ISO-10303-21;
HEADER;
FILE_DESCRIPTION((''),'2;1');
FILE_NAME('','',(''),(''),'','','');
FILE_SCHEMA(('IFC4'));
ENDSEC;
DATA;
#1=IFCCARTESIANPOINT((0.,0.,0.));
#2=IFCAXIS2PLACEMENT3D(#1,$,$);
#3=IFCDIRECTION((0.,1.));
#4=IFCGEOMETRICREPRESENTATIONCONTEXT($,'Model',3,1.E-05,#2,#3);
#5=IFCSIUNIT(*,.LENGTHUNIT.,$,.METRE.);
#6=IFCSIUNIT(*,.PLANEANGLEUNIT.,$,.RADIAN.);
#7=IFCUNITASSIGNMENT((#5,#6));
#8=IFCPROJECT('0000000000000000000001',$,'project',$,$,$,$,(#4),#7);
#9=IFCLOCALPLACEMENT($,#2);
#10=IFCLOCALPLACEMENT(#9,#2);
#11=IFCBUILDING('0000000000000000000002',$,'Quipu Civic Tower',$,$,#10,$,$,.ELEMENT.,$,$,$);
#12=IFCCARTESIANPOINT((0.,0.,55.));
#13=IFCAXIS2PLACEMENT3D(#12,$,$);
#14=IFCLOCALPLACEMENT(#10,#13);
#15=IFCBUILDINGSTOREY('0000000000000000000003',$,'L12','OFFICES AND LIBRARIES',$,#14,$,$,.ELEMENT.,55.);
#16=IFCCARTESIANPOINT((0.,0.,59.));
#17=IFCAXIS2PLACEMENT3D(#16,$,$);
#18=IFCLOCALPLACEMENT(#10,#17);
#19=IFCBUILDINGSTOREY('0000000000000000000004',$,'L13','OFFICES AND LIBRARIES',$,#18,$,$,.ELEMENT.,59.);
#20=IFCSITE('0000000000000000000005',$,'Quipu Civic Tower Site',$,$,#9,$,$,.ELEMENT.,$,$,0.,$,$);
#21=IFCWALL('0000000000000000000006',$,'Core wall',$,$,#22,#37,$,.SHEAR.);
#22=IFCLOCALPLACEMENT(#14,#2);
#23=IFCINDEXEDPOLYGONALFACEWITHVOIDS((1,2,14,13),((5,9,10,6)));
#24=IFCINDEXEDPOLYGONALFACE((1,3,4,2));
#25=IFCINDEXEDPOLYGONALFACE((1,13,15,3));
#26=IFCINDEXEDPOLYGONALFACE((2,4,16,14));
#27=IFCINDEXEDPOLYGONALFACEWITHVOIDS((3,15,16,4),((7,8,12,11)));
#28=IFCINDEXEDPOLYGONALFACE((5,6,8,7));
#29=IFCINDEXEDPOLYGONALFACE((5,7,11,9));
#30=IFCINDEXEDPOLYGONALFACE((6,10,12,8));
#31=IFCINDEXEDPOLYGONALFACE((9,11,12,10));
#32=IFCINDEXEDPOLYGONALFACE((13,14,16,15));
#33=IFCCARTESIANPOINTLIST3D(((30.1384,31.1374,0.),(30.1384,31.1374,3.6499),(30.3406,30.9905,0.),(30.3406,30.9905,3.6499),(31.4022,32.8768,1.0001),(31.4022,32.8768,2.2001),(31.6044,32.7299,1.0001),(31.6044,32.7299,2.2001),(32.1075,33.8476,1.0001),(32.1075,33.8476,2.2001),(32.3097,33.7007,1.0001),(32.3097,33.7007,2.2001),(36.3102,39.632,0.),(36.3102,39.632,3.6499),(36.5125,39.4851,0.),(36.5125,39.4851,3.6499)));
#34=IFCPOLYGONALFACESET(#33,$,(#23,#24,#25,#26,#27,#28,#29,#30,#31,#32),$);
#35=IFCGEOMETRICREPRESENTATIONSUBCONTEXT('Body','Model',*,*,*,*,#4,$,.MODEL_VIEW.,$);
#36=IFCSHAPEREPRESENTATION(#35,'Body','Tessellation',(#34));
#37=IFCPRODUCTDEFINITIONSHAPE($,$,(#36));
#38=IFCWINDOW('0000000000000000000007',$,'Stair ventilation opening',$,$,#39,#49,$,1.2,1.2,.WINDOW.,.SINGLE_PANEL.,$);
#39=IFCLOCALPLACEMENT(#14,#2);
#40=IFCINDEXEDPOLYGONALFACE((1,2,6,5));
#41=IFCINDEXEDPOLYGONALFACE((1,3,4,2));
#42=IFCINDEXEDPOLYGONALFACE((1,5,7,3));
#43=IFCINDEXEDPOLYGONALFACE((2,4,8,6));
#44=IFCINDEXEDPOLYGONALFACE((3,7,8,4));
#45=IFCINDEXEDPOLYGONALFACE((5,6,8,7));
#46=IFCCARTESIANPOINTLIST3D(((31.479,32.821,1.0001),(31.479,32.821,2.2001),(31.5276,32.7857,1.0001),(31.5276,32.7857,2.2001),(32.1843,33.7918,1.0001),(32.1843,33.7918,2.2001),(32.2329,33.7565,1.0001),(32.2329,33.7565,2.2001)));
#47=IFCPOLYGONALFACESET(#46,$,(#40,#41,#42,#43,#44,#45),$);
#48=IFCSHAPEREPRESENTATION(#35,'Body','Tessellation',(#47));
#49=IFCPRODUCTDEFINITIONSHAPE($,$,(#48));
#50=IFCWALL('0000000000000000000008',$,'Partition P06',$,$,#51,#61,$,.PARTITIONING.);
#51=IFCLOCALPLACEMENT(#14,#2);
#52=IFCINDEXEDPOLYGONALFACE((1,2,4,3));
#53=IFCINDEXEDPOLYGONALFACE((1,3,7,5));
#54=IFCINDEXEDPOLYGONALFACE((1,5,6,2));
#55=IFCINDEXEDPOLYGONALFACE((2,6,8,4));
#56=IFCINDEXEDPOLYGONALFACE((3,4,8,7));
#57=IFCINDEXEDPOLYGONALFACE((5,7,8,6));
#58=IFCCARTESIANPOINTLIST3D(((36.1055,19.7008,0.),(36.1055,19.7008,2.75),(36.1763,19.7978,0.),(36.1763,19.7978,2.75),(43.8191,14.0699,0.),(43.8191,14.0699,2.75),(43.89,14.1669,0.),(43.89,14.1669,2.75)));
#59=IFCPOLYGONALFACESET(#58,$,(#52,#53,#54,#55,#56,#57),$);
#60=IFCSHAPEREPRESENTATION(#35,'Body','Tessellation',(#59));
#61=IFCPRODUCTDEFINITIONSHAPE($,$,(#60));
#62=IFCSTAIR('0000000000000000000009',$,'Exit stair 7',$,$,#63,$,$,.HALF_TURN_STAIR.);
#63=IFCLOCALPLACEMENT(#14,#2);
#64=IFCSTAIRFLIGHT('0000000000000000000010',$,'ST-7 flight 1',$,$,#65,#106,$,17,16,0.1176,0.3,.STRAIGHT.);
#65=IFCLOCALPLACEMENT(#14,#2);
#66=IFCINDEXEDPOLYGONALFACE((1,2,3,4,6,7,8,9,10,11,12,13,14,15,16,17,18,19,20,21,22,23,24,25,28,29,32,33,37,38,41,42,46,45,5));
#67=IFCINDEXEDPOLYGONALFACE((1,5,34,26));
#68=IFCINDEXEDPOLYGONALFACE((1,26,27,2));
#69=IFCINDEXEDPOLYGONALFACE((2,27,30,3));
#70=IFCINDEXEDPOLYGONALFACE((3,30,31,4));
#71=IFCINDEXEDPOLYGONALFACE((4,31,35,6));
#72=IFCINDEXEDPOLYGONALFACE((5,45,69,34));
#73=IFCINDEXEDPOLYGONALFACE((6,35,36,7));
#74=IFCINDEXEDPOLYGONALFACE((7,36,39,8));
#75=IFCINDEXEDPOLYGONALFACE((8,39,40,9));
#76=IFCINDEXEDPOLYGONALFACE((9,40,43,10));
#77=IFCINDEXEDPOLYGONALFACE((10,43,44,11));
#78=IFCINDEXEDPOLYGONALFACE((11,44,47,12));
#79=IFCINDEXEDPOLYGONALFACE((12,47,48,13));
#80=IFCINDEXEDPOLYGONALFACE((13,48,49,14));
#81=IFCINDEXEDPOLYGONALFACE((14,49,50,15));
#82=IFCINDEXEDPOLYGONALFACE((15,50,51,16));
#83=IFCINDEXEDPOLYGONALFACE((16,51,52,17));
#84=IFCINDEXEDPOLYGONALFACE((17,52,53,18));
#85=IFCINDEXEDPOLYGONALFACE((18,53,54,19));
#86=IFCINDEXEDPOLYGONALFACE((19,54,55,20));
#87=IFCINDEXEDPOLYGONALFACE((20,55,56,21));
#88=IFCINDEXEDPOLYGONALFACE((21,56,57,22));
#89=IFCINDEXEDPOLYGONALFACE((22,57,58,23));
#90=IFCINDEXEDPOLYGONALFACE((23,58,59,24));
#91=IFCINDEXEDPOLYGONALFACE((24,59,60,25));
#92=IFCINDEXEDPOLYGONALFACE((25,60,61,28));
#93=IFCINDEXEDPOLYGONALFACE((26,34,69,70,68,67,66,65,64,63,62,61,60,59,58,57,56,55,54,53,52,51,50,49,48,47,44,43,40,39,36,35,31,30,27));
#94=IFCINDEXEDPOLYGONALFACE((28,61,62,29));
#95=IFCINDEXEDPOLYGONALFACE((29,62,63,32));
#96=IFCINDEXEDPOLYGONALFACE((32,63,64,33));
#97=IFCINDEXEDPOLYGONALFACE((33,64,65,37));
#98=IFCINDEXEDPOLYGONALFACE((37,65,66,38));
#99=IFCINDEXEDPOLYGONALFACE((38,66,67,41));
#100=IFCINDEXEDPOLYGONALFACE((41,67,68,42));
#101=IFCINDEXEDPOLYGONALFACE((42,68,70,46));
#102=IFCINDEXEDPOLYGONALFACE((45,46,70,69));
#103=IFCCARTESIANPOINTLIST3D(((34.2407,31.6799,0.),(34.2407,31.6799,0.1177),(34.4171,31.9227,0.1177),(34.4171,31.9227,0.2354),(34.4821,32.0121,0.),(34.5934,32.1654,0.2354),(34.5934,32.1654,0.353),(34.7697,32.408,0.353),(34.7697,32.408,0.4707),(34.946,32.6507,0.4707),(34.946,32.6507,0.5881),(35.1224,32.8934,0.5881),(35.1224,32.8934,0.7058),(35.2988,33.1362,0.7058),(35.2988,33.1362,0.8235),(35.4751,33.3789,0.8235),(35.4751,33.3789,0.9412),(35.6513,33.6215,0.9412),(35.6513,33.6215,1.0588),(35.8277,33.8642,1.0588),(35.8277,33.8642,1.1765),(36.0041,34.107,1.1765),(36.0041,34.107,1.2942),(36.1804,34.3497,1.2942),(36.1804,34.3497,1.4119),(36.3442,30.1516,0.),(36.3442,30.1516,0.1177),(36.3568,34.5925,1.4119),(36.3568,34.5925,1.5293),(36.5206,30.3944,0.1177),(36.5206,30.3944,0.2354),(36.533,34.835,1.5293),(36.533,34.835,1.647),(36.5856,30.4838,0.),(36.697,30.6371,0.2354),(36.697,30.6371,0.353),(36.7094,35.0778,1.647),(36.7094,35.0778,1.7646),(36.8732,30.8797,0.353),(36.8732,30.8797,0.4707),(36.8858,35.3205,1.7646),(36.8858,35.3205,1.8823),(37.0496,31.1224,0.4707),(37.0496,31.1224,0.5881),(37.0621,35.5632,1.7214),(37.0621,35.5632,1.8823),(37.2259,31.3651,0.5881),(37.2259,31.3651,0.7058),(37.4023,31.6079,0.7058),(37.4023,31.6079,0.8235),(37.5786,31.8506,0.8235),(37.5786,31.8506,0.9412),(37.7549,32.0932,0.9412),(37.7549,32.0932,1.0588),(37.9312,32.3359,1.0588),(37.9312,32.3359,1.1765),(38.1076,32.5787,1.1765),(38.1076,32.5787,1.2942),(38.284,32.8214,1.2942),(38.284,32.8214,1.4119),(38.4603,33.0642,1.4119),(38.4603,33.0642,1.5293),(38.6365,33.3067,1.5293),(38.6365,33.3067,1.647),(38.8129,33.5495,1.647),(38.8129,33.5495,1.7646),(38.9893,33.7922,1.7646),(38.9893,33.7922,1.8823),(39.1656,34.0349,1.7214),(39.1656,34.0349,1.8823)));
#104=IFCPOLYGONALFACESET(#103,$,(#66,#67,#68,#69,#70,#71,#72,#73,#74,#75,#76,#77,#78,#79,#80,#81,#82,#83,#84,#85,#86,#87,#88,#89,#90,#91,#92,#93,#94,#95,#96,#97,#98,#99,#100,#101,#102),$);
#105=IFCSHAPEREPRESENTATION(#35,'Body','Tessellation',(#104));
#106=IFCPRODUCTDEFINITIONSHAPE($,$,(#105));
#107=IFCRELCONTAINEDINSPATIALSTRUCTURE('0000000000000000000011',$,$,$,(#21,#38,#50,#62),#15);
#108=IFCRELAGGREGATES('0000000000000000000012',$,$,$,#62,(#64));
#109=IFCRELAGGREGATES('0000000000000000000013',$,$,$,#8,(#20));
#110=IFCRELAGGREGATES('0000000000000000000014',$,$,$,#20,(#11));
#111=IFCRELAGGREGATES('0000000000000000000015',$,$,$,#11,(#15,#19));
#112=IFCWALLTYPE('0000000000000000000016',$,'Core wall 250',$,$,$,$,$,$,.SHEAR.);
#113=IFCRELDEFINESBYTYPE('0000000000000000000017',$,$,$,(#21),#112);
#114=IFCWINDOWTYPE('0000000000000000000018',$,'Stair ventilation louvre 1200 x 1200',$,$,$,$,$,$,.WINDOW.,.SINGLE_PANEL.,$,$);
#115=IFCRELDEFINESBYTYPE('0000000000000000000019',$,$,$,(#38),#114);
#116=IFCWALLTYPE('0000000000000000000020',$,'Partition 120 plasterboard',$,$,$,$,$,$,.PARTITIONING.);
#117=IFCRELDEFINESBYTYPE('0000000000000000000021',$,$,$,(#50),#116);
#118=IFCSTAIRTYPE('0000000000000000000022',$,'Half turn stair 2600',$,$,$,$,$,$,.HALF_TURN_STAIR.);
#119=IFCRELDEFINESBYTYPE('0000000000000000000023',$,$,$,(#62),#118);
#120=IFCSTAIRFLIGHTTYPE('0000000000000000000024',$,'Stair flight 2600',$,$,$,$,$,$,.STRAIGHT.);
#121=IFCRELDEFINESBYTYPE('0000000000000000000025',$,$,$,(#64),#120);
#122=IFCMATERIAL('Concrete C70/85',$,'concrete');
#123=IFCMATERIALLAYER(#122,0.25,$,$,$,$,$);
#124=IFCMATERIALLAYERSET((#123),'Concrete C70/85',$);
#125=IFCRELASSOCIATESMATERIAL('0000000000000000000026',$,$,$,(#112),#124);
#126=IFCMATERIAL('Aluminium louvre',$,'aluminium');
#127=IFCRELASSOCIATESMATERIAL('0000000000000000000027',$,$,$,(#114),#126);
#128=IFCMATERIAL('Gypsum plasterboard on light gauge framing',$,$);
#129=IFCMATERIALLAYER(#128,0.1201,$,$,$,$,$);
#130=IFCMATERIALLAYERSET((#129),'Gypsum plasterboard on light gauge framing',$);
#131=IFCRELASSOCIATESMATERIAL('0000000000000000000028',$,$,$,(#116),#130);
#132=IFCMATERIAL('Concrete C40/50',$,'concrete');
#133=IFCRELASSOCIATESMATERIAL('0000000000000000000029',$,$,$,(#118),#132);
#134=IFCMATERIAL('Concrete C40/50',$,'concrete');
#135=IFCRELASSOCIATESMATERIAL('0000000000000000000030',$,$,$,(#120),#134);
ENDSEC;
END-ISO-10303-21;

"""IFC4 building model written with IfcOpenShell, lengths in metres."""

from ifc_helpers import new_model, si_unit, direction, frame, frame_2d, origin, place, context, subcontext, project, spatial, polyline, rectangle, outline, extrude, material, layer, layer_set, type_object, element, fill, aggregate, save


model = new_model("IFC4")

# Units and contexts
model_context = context("Model", 3, precision=1e-05, world=origin(), true_north=direction((0.0, 1.0)))
body_context = subcontext(model_context, "Body", "Model", "MODEL_VIEW")
ifc_project = project(units=[si_unit("LENGTHUNIT", "METRE"), si_unit("PLANEANGLEUNIT", "RADIAN")], contexts=[model_context])

# Site, building, storey
site_placement = place(None, origin())
site = spatial("IfcSite", under=ifc_project, at=site_placement, Name="Quipu Civic Tower Site", CompositionType="ELEMENT", RefElevation=0.0)
building_placement = place(site_placement, origin())
building = spatial("IfcBuilding", under=site, at=building_placement, Name="Quipu Civic Tower", CompositionType="ELEMENT")
storey_1_placement = place(building_placement, frame((0.0, 0.0, 55.0)))
storey_1 = spatial("IfcBuildingStorey", under=building, at=storey_1_placement, Name="L12", Description="OFFICES AND LIBRARIES", CompositionType="ELEMENT", Elevation=55.0)

# Shared definitions
storey_2_placement = place(building_placement, frame((0.0, 0.0, 59.0)))
storey_2 = spatial("IfcBuildingStorey", under=building, at=storey_2_placement, Name="L13", Description="OFFICES AND LIBRARIES", CompositionType="ELEMENT", Elevation=59.0)

# Shared definitions
ifc_material_1 = material(Name="Concrete C70/85", Category="concrete")
ifc_layer_1 = layer(ifc_material_1, 0.25)
ifc_layer_set_1 = layer_set([ifc_layer_1], Name="Concrete C70/85")
wall_type_1 = type_object("IfcWallType", Name="Core wall 250", PredefinedType="SHEAR", material=ifc_layer_set_1)

# Wall, opening, window
wall_1_placement = place(storey_1_placement, frame((30.2395, 31.064, 0.0), z_axis=(0.0, 0.0, 1.0), x_axis=(0.587796, 0.809009, 0.0)))
wall_1 = element("IfcWall", 1, at=wall_1_placement, inside=storey_1, type_object=wall_type_1, Name="Core wall", PredefinedType="SHEAR", context=body_context, shape_type="SweptSolid", body=[
    extrude(rectangle(XDim=10.5, YDim=0.25, at=frame_2d((5.25, 0.0))), origin(), (0.0, 0.0, 1.0), 3.6499),
])
opening_1_placement = place(wall_1_placement, frame((2.1499, 0.0, 1.0)))
opening_1 = element("IfcOpeningElement", 2, at=opening_1_placement, cuts=wall_1, PredefinedType="OPENING", context=body_context, shape_type="SweptSolid", body=[
    extrude(rectangle(XDim=1.2, YDim=1.2, at=frame_2d((0.6001, 0.6001))), frame((0.0, 0.135, 0.0), z_axis=(0.0, -1.0, 0.0), x_axis=(1.0, 0.0, 0.0)), (0.0, 0.0, 1.0), 0.27),
])
ifc_material_2 = material(Name="Aluminium louvre", Category="aluminium")
window_type = type_object("IfcWindowType", Name="Stair ventilation louvre 1200 x 1200", PartitioningType="SINGLE_PANEL", PredefinedType="WINDOW", material=ifc_material_2)
window_placement = place(opening_1_placement, origin())
window = element("IfcWindow", 3, at=window_placement, inside=storey_1, type_object=window_type, Name="Stair ventilation opening", OverallHeight=1.2, OverallWidth=1.2, PartitioningType="SINGLE_PANEL", PredefinedType="WINDOW", context=body_context, shape_type="SweptSolid", body=[
    extrude(rectangle(XDim=1.2, YDim=1.2, at=frame_2d((0.6001, 0.6001))), frame((0.0, 0.03, 0.0), z_axis=(0.0, -1.0, 0.0), x_axis=(1.0, 0.0, 0.0)), (0.0, 0.0, 1.0), 0.0601),
])
fill(opening_1, window)

# Wall
ifc_material_3 = material(Name="Gypsum plasterboard on light gauge framing")
ifc_layer_2 = layer(ifc_material_3, 0.1201)
ifc_layer_set_2 = layer_set([ifc_layer_2], Name="Gypsum plasterboard on light gauge framing")
wall_type_2 = type_object("IfcWallType", Name="Partition 120 plasterboard", PredefinedType="PARTITIONING", material=ifc_layer_set_2)
wall_2_placement = place(storey_1_placement, frame((36.1409, 19.7493, 0.0), z_axis=(0.0, 0.0, 1.0), x_axis=(0.807691, -0.589606, 0.0)))
element("IfcWall", 4, at=wall_2_placement, inside=storey_1, type_object=wall_type_2, Name="Partition P06", PredefinedType="PARTITIONING", context=body_context, shape_type="SweptSolid", body=[
    extrude(rectangle(XDim=9.5503, YDim=0.1201, at=frame_2d((4.7751, 0.0))), origin(), (0.0, 0.0, 1.0), 2.75),
])

# Stair, stair flight
ifc_material_4 = material(Name="Concrete C40/50", Category="concrete")
stair_type = type_object("IfcStairType", Name="Half turn stair 2600", PredefinedType="HALF_TURN_STAIR", material=ifc_material_4)
stair_placement = place(storey_1_placement, origin())
stair = element("IfcStair", 5, at=stair_placement, inside=storey_1, type_object=stair_type, Name="Exit stair 7", PredefinedType="HALF_TURN_STAIR")
ifc_material_5 = material(Name="Concrete C40/50", Category="concrete")
stair_flight_type = type_object("IfcStairFlightType", Name="Stair flight 2600", PredefinedType="STRAIGHT", material=ifc_material_5)
stair_flight_placement = place(storey_1_placement, frame((35.2925, 30.9158, 0.0), z_axis=(0.0, 0.0, 1.0), x_axis=(0.587785, 0.809017, 0.0)))
stair_flight = element("IfcStairFlight", 6, at=stair_flight_placement, type_object=stair_flight_type, Name="ST-7 flight 1", NumberOfRisers=17, NumberOfTreads=16, PredefinedType="STRAIGHT", RiserHeight=0.1176, TreadLength=0.3, context=body_context, shape_type="SweptSolid", body=[
    extrude(outline(polyline([(0.0, 0.0), (0.0, 0.1177), (0.3, 0.1177), (0.3, 0.2354), (0.6001, 0.2354), (0.6001, 0.353), (0.8999, 0.353), (0.8999, 0.4707), (1.2, 0.4707), (1.2, 0.5881), (1.5, 0.5881), (1.5, 0.7058), (1.8, 0.7058), (1.8, 0.8235), (2.1001, 0.8235), (2.1001, 0.9412), (2.3999, 0.9412), (2.3999, 1.0588), (2.7, 1.0588), (2.7, 1.1765), (3.0, 1.1765), (3.0, 1.2942), (3.3, 1.2942), (3.3, 1.4119), (3.6001, 1.4119), (3.6001, 1.5293), (3.8999, 1.5293), (3.8999, 1.647), (4.2, 1.647), (4.2, 1.7646), (4.5, 1.7646), (4.5, 1.8823), (4.8, 1.8823), (4.8, 2.0), (4.8, 1.7214), (0.4106, 0.0), (0.0, 0.0)])), frame((0.0, 1.3, 0.0), z_axis=(0.0, -1.0, 0.0), x_axis=(1.0, 0.0, 0.0)), (0.0, 0.0, 1.0), 2.6001),
])
aggregate(stair, [stair_flight])

save(model, "model.ifc")
